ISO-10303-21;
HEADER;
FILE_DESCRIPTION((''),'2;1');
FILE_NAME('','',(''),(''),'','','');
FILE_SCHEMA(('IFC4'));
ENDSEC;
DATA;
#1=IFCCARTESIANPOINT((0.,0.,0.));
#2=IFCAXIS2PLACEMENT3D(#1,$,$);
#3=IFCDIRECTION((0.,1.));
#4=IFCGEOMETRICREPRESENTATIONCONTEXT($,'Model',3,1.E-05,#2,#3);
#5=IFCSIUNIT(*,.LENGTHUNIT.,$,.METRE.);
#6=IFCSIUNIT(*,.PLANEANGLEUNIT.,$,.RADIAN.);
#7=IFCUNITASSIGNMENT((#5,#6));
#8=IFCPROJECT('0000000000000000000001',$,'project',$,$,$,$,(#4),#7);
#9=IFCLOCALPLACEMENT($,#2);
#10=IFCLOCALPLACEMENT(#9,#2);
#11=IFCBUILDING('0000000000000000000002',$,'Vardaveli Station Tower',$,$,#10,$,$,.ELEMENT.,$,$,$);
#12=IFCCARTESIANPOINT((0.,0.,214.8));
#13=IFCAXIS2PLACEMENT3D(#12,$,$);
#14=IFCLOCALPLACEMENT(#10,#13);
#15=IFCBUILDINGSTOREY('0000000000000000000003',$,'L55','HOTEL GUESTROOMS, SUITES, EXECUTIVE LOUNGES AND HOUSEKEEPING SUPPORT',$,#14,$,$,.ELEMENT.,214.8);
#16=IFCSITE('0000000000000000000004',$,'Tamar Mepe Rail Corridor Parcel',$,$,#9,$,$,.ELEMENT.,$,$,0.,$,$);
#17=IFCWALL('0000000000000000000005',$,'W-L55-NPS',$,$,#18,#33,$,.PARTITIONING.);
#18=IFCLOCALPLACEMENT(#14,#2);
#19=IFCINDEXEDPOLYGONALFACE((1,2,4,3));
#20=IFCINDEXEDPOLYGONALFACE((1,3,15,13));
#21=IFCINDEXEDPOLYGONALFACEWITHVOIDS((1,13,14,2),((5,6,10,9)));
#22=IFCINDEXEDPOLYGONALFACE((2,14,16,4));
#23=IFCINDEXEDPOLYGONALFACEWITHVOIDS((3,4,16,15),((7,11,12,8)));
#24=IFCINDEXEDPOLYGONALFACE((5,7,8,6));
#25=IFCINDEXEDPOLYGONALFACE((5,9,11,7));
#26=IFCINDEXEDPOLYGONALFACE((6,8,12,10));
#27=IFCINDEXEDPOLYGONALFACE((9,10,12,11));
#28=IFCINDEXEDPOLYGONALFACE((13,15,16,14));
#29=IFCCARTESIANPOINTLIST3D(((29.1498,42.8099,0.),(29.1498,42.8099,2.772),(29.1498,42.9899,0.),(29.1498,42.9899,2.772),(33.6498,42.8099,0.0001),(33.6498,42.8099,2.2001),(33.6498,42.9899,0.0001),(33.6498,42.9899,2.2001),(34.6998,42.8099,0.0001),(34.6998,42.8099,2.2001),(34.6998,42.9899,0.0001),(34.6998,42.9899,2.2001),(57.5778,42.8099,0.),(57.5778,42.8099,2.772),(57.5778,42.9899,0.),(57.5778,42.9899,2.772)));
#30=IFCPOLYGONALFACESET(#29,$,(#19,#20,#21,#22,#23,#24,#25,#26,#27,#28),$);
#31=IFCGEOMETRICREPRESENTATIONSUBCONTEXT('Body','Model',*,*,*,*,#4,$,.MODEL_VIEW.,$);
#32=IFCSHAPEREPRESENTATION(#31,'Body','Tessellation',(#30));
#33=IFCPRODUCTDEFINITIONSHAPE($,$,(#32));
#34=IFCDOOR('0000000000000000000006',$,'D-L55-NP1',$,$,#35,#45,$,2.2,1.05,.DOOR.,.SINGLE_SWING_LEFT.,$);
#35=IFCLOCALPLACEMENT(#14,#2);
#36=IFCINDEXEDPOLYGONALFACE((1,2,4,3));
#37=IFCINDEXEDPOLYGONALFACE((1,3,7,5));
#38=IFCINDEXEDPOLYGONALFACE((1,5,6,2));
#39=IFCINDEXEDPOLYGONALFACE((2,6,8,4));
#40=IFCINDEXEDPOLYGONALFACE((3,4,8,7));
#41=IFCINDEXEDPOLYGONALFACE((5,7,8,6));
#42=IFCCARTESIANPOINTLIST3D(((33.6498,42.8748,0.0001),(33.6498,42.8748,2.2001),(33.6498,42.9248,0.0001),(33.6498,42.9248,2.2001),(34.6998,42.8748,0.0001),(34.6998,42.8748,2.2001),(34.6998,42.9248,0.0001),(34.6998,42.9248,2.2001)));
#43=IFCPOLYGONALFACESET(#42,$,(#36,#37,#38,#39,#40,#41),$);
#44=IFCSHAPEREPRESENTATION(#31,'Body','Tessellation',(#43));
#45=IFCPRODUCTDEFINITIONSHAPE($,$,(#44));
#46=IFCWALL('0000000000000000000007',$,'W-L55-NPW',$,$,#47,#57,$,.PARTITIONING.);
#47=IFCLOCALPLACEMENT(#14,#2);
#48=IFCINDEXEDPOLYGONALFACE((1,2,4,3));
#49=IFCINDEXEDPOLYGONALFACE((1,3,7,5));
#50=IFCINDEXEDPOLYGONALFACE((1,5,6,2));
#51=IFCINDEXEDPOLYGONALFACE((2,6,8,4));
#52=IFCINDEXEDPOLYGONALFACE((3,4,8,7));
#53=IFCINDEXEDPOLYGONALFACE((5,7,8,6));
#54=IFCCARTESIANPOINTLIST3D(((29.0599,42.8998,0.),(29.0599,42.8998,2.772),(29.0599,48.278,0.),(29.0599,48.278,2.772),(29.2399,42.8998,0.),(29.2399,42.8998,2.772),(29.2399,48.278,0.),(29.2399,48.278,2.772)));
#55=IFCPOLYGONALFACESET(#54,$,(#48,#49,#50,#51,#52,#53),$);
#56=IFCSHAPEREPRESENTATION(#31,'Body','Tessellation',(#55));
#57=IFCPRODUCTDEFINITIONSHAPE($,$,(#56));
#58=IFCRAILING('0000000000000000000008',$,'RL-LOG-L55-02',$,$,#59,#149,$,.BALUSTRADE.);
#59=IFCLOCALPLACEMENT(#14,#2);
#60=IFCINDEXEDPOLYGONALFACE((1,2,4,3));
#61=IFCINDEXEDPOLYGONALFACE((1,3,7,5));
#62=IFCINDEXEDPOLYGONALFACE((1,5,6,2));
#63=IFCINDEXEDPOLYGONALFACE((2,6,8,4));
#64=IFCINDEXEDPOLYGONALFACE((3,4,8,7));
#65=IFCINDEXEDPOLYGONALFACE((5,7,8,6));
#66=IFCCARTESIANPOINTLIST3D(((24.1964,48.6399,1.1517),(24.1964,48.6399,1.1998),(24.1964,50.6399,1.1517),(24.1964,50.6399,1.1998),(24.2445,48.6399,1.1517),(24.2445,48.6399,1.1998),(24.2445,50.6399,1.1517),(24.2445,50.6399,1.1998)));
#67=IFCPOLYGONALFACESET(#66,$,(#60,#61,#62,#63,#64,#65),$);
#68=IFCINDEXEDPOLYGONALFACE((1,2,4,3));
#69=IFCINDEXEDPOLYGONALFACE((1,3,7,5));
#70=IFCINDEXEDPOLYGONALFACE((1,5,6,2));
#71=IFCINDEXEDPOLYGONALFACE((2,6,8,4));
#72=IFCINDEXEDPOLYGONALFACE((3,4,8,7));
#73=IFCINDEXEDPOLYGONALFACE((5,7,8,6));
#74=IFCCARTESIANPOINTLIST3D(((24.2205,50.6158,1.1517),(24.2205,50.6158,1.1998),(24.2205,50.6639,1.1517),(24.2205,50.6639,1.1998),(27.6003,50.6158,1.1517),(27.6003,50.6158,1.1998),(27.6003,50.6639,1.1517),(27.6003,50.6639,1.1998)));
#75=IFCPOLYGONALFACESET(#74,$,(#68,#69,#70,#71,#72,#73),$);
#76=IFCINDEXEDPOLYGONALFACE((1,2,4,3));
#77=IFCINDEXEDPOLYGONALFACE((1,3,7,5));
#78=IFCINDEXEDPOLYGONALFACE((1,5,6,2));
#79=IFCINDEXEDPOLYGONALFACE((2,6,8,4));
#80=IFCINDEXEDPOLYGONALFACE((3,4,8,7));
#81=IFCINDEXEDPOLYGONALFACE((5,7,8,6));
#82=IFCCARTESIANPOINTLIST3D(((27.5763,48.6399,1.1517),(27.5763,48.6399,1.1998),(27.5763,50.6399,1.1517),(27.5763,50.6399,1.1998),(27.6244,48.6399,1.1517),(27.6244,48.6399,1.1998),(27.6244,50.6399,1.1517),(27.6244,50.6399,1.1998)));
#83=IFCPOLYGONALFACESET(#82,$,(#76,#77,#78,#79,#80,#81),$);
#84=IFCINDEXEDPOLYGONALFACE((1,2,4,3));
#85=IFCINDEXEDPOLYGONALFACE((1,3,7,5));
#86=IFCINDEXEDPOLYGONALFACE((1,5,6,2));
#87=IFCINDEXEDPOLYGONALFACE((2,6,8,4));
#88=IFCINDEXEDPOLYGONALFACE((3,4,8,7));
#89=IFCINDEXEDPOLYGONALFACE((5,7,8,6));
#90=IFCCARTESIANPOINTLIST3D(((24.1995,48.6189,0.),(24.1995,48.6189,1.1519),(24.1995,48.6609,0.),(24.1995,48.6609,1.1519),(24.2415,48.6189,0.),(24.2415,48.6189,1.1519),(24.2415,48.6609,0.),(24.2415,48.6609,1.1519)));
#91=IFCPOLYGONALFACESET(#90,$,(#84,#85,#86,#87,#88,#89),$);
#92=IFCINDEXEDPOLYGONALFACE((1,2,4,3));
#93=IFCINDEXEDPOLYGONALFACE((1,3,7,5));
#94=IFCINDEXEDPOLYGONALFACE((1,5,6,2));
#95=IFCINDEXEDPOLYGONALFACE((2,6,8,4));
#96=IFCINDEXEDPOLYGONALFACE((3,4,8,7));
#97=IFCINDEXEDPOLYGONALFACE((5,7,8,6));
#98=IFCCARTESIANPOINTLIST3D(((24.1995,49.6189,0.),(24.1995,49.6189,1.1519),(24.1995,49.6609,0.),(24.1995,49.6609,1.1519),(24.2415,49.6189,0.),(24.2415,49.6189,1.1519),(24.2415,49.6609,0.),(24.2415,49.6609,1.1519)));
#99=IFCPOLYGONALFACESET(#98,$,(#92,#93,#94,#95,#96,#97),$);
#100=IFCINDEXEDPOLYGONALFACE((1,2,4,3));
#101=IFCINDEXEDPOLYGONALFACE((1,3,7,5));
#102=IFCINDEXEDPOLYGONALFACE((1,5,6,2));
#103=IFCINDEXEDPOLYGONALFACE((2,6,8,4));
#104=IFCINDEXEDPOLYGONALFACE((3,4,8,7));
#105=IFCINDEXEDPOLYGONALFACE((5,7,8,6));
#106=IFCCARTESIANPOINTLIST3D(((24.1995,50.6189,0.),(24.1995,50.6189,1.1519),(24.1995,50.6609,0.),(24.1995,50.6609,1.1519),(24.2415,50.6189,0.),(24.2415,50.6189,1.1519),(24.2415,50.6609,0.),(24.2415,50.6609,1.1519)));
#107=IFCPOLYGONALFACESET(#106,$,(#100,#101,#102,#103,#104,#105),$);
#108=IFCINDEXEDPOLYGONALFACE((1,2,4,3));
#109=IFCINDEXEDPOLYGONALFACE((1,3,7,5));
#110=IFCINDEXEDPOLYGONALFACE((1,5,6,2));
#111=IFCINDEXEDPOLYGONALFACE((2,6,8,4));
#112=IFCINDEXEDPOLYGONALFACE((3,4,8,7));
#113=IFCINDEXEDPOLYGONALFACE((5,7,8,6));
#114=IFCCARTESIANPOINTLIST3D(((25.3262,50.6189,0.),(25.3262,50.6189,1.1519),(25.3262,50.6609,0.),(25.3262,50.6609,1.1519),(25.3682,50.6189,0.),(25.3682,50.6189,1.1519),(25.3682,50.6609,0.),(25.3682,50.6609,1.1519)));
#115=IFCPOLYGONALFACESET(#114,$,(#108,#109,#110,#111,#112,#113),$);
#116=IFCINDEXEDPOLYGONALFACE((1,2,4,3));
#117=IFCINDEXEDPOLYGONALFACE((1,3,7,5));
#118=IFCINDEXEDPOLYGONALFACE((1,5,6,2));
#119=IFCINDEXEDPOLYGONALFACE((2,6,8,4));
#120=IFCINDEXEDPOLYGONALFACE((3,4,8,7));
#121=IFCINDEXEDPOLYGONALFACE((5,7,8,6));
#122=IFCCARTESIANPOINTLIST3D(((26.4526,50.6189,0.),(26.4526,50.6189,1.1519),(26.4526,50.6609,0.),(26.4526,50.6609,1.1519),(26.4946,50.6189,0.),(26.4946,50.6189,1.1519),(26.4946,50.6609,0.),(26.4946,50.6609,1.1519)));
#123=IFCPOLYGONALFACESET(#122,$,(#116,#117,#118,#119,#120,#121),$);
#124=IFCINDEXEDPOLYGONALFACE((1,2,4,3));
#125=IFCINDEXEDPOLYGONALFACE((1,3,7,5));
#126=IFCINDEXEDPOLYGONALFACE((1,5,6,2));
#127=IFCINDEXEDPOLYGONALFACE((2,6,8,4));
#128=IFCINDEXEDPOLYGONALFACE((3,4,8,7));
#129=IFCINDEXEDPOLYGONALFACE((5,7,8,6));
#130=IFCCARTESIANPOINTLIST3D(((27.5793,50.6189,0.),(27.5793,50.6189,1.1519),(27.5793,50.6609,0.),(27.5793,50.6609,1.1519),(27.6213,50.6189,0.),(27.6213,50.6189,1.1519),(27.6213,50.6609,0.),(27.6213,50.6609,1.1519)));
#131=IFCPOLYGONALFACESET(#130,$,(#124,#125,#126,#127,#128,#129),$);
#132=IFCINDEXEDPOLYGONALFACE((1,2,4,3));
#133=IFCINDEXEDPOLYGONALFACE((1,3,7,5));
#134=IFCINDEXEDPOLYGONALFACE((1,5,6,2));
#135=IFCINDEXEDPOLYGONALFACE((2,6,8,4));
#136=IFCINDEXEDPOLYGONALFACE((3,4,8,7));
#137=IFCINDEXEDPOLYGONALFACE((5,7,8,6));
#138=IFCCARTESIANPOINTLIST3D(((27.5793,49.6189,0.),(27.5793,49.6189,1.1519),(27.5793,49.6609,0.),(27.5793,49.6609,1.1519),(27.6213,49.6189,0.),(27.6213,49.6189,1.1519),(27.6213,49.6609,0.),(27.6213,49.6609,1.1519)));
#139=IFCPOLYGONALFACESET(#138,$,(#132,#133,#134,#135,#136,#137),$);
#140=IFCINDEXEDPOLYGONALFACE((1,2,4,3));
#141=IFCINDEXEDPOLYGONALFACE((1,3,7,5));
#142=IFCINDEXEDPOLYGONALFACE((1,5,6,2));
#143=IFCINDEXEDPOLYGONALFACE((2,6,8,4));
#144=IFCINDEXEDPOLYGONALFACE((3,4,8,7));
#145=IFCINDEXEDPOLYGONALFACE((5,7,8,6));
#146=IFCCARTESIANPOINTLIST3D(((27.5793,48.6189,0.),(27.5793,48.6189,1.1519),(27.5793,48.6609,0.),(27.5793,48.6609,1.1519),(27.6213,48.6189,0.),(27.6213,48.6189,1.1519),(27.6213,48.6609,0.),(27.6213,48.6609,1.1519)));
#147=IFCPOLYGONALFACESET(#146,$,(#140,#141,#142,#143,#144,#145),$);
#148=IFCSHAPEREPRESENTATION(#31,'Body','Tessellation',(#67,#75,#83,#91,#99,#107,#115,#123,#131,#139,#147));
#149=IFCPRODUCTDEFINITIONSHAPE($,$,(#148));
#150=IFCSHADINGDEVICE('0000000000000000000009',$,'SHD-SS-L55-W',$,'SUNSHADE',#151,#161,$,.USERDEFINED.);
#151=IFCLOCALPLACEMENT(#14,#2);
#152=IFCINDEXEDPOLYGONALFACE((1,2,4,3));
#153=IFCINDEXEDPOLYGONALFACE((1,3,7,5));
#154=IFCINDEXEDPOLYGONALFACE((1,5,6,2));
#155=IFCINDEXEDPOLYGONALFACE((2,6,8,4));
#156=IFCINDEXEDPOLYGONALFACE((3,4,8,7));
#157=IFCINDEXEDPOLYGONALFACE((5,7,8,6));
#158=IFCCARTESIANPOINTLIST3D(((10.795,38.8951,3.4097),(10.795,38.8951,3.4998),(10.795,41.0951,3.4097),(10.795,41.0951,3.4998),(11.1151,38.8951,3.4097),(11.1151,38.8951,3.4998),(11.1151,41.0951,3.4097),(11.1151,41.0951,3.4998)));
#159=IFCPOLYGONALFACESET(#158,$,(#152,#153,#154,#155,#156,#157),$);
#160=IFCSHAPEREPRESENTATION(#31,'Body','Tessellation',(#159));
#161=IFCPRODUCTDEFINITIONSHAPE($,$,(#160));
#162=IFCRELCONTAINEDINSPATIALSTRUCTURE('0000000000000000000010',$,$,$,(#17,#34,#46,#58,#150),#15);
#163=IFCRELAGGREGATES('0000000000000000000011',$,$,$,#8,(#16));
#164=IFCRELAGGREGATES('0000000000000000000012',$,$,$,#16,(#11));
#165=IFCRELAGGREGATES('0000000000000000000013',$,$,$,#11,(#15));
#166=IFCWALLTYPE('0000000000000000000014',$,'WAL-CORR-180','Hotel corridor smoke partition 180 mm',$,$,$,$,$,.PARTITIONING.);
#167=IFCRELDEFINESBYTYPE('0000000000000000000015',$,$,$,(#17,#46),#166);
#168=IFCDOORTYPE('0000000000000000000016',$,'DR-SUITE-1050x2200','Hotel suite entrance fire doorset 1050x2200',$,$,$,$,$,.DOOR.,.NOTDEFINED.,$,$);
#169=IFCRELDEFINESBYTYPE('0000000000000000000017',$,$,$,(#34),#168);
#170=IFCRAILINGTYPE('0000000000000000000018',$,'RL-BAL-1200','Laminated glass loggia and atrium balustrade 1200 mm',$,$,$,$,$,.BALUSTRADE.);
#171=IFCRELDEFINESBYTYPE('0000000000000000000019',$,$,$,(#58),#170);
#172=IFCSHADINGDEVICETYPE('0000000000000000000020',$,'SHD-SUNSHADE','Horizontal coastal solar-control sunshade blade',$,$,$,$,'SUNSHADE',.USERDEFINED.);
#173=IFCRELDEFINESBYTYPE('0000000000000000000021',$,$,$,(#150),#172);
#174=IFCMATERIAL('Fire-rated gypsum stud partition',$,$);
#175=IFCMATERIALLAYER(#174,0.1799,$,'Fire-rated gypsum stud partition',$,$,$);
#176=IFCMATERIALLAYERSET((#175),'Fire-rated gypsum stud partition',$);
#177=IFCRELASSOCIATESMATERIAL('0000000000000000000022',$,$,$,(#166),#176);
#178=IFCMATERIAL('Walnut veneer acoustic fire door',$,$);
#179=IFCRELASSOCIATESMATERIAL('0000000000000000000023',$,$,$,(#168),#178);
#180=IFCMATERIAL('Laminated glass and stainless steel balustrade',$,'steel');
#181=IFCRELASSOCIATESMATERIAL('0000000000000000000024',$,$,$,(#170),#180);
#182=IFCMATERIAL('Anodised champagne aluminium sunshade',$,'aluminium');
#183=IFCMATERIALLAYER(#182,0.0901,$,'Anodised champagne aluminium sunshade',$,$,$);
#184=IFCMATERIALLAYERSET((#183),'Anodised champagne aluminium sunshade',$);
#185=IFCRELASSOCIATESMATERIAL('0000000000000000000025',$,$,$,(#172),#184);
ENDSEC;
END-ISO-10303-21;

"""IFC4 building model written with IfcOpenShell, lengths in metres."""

from ifc_helpers import new_model, si_unit, direction, frame, frame_2d, origin, origin_2d, place, context, subcontext, project, spatial, rectangle, extrude, source, transform, mapped, material, layer, layer_set, type_object, element, fill, save


model = new_model("IFC4")

# Units and contexts
model_context = context("Model", 3, precision=1e-05, world=origin(), true_north=direction((0.0, 1.0)))
body_context = subcontext(model_context, "Body", "Model", "MODEL_VIEW")
ifc_project = project(units=[si_unit("LENGTHUNIT", "METRE"), si_unit("PLANEANGLEUNIT", "RADIAN")], contexts=[model_context])

# Site, building, storey
site_placement = place(None, origin())
site = spatial("IfcSite", under=ifc_project, at=site_placement, Name="Tamar Mepe Rail Corridor Parcel", CompositionType="ELEMENT", RefElevation=0.0)
building_placement = place(site_placement, origin())
building = spatial("IfcBuilding", under=site, at=building_placement, Name="Vardaveli Station Tower", CompositionType="ELEMENT")
storey_placement = place(building_placement, frame((0.0, 0.0, 214.8)))
storey = spatial("IfcBuildingStorey", under=building, at=storey_placement, Name="L55", Description="HOTEL GUESTROOMS, SUITES, EXECUTIVE LOUNGES AND HOUSEKEEPING SUPPORT", CompositionType="ELEMENT", Elevation=214.8)

# Wall, opening, door
ifc_material_1 = material(Name="Fire-rated gypsum stud partition")
ifc_layer_1 = layer(ifc_material_1, 0.1799, Name="Fire-rated gypsum stud partition")
ifc_layer_set_1 = layer_set([ifc_layer_1], Name="Fire-rated gypsum stud partition")
wall_type_1 = type_object("IfcWallType", Name="WAL-CORR-180", Description="Hotel corridor smoke partition 180 mm", PredefinedType="PARTITIONING", material=ifc_layer_set_1)
shared_shape_1 = source(origin(), body_context, "Body", "SweptSolid", [
    extrude(rectangle(XDim=28.428, YDim=0.1799, at=frame_2d((14.2139, 0.0))), origin(), (0.0, 0.0, 1.0), 2.772),
])
wall_1_placement = place(storey_placement, frame((29.1499, 42.8999, 0.0), z_axis=(0.0, 0.0, 1.0), x_axis=(1.0, 0.0, 0.0)))
wall_1 = element("IfcWall", 1, at=wall_1_placement, inside=storey, type_object=wall_type_1, Name="W-L55-NPS", PredefinedType="PARTITIONING", context=body_context, shape_type="MappedRepresentation", body=[
    mapped(shared_shape_1, transform((0.0, 0.0, 0.0), scale=1.0)),
])
shared_shape_2 = source(origin(), body_context, "Body", "SweptSolid", [
    extrude(rectangle(XDim=1.05, YDim=2.2, at=frame_2d((0.5249, 1.1001))), frame((0.0, 0.1001, 0.0), z_axis=(0.0, -1.0, 0.0), x_axis=(1.0, 0.0, 0.0)), (0.0, 0.0, 1.0), 0.2),
])
opening_1_placement = place(wall_1_placement, frame((4.5, 0.0, 0.0)))
opening_1 = element("IfcOpeningElement", 2, at=opening_1_placement, cuts=wall_1, PredefinedType="OPENING", context=body_context, shape_type="MappedRepresentation", body=[
    mapped(shared_shape_2, transform((0.0, 0.0, 0.0), scale=1.0)),
])
ifc_material_2 = material(Name="Walnut veneer acoustic fire door")
door_type = type_object("IfcDoorType", Name="DR-SUITE-1050x2200", Description="Hotel suite entrance fire doorset 1050x2200", OperationType="NOTDEFINED", PredefinedType="DOOR", material=ifc_material_2)
shared_shape_3 = source(origin(), body_context, "Body", "SweptSolid", [
    extrude(rectangle(XDim=1.05, YDim=2.2, at=frame_2d((0.5249, 1.1001))), frame((0.0, 0.0249, 0.0), z_axis=(0.0, -1.0, 0.0), x_axis=(1.0, 0.0, 0.0)), (0.0, 0.0, 1.0), 0.05),
])
door_placement = place(opening_1_placement, origin())
door = element("IfcDoor", 3, at=door_placement, inside=storey, type_object=door_type, Name="D-L55-NP1", OperationType="SINGLE_SWING_LEFT", OverallHeight=2.2, OverallWidth=1.05, PredefinedType="DOOR", context=body_context, shape_type="MappedRepresentation", body=[
    mapped(shared_shape_3, transform((0.0, 0.0, 0.0), scale=1.0)),
])
fill(opening_1, door)

# Wall
shared_shape_4 = source(origin(), body_context, "Body", "SweptSolid", [
    extrude(rectangle(XDim=5.3782, YDim=0.1799, at=frame_2d((2.689, 0.0))), origin(), (0.0, 0.0, 1.0), 2.772),
])
wall_2_placement = place(storey_placement, frame((29.1499, 42.8999, 0.0), z_axis=(0.0, 0.0, 1.0), x_axis=(0.0, 1.0, 0.0)))
element("IfcWall", 4, at=wall_2_placement, inside=storey, type_object=wall_type_1, Name="W-L55-NPW", PredefinedType="PARTITIONING", context=body_context, shape_type="MappedRepresentation", body=[
    mapped(shared_shape_4, transform((0.0, 0.0, 0.0), scale=1.0)),
])

# Railing
ifc_material_3 = material(Name="Laminated glass and stainless steel balustrade", Category="steel")
railing_type = type_object("IfcRailingType", Name="RL-BAL-1200", Description="Laminated glass loggia and atrium balustrade 1200 mm", PredefinedType="BALUSTRADE", material=ifc_material_3)
shared_shape_5 = source(origin(), body_context, "Body", "SweptSolid", [
    extrude(rectangle(XDim=0.0481, YDim=0.0481, at=origin_2d()), frame((0.0, 0.0, 1.1758), z_axis=(0.0, 1.0, 0.0), x_axis=(-1.0, 0.0, 0.0)), (0.0, 0.0, 1.0), 2.0),
    extrude(rectangle(XDim=0.0481, YDim=0.0481, at=origin_2d()), frame((0.0, 2.0, 1.1758), z_axis=(1.0, 0.0, 0.0), x_axis=(0.0, 1.0, 0.0)), (0.0, 0.0, 1.0), 3.3799),
    extrude(rectangle(XDim=0.0481, YDim=0.0481, at=origin_2d()), frame((3.3799, 2.0, 1.1758), z_axis=(0.0, -1.0, 0.0), x_axis=(1.0, 0.0, 0.0)), (0.0, 0.0, 1.0), 2.0),
    extrude(rectangle(XDim=0.042, YDim=0.042, at=origin_2d()), origin(), (0.0, 0.0, 1.0), 1.1519),
    extrude(rectangle(XDim=0.042, YDim=0.042, at=origin_2d()), frame((0.0, 1.0, 0.0)), (0.0, 0.0, 1.0), 1.1519),
    extrude(rectangle(XDim=0.042, YDim=0.042, at=origin_2d()), frame((0.0, 2.0, 0.0)), (0.0, 0.0, 1.0), 1.1519),
    extrude(rectangle(XDim=0.042, YDim=0.042, at=origin_2d()), frame((1.1267, 2.0, 0.0)), (0.0, 0.0, 1.0), 1.1519),
    extrude(rectangle(XDim=0.042, YDim=0.042, at=origin_2d()), frame((2.2532, 2.0, 0.0)), (0.0, 0.0, 1.0), 1.1519),
    extrude(rectangle(XDim=0.042, YDim=0.042, at=origin_2d()), frame((3.3799, 2.0, 0.0)), (0.0, 0.0, 1.0), 1.1519),
    extrude(rectangle(XDim=0.042, YDim=0.042, at=origin_2d()), frame((3.3799, 1.0, 0.0)), (0.0, 0.0, 1.0), 1.1519),
    extrude(rectangle(XDim=0.042, YDim=0.042, at=origin_2d()), frame((3.3799, 0.0, 0.0)), (0.0, 0.0, 1.0), 1.1519),
])
railing_placement = place(storey_placement, frame((24.2205, 48.6399, 0.0)))
element("IfcRailing", 5, at=railing_placement, inside=storey, type_object=railing_type, Name="RL-LOG-L55-02", PredefinedType="BALUSTRADE", context=body_context, shape_type="MappedRepresentation", body=[
    mapped(shared_shape_5, transform((0.0, 0.0, 0.0), scale=1.0)),
])

# Shading device
ifc_material_4 = material(Name="Anodised champagne aluminium sunshade", Category="aluminium")
ifc_layer_2 = layer(ifc_material_4, 0.0901, Name="Anodised champagne aluminium sunshade")
ifc_layer_set_2 = layer_set([ifc_layer_2], Name="Anodised champagne aluminium sunshade")
shading_device_type = type_object("IfcShadingDeviceType", Name="SHD-SUNSHADE", Description="Horizontal coastal solar-control sunshade blade", ElementType="SUNSHADE", PredefinedType="USERDEFINED", material=ifc_layer_set_2)
shared_shape_6 = source(origin(), body_context, "Body", "SweptSolid", [
    extrude(rectangle(XDim=2.2, YDim=0.3201, at=origin_2d()), origin(), (0.0, 0.0, 1.0), 0.0901),
])
shading_device_placement = place(storey_placement, frame((10.9551, 39.9951, 3.4097), z_axis=(0.0, 0.0, 1.0), x_axis=(0.0, 1.0, 0.0)))
element("IfcShadingDevice", 6, at=shading_device_placement, inside=storey, type_object=shading_device_type, Name="SHD-SS-L55-W", ObjectType="SUNSHADE", PredefinedType="USERDEFINED", context=body_context, shape_type="MappedRepresentation", body=[
    mapped(shared_shape_6, transform((0.0, 0.0, 0.0), scale=1.0)),
])

save(model, "model.ifc")
